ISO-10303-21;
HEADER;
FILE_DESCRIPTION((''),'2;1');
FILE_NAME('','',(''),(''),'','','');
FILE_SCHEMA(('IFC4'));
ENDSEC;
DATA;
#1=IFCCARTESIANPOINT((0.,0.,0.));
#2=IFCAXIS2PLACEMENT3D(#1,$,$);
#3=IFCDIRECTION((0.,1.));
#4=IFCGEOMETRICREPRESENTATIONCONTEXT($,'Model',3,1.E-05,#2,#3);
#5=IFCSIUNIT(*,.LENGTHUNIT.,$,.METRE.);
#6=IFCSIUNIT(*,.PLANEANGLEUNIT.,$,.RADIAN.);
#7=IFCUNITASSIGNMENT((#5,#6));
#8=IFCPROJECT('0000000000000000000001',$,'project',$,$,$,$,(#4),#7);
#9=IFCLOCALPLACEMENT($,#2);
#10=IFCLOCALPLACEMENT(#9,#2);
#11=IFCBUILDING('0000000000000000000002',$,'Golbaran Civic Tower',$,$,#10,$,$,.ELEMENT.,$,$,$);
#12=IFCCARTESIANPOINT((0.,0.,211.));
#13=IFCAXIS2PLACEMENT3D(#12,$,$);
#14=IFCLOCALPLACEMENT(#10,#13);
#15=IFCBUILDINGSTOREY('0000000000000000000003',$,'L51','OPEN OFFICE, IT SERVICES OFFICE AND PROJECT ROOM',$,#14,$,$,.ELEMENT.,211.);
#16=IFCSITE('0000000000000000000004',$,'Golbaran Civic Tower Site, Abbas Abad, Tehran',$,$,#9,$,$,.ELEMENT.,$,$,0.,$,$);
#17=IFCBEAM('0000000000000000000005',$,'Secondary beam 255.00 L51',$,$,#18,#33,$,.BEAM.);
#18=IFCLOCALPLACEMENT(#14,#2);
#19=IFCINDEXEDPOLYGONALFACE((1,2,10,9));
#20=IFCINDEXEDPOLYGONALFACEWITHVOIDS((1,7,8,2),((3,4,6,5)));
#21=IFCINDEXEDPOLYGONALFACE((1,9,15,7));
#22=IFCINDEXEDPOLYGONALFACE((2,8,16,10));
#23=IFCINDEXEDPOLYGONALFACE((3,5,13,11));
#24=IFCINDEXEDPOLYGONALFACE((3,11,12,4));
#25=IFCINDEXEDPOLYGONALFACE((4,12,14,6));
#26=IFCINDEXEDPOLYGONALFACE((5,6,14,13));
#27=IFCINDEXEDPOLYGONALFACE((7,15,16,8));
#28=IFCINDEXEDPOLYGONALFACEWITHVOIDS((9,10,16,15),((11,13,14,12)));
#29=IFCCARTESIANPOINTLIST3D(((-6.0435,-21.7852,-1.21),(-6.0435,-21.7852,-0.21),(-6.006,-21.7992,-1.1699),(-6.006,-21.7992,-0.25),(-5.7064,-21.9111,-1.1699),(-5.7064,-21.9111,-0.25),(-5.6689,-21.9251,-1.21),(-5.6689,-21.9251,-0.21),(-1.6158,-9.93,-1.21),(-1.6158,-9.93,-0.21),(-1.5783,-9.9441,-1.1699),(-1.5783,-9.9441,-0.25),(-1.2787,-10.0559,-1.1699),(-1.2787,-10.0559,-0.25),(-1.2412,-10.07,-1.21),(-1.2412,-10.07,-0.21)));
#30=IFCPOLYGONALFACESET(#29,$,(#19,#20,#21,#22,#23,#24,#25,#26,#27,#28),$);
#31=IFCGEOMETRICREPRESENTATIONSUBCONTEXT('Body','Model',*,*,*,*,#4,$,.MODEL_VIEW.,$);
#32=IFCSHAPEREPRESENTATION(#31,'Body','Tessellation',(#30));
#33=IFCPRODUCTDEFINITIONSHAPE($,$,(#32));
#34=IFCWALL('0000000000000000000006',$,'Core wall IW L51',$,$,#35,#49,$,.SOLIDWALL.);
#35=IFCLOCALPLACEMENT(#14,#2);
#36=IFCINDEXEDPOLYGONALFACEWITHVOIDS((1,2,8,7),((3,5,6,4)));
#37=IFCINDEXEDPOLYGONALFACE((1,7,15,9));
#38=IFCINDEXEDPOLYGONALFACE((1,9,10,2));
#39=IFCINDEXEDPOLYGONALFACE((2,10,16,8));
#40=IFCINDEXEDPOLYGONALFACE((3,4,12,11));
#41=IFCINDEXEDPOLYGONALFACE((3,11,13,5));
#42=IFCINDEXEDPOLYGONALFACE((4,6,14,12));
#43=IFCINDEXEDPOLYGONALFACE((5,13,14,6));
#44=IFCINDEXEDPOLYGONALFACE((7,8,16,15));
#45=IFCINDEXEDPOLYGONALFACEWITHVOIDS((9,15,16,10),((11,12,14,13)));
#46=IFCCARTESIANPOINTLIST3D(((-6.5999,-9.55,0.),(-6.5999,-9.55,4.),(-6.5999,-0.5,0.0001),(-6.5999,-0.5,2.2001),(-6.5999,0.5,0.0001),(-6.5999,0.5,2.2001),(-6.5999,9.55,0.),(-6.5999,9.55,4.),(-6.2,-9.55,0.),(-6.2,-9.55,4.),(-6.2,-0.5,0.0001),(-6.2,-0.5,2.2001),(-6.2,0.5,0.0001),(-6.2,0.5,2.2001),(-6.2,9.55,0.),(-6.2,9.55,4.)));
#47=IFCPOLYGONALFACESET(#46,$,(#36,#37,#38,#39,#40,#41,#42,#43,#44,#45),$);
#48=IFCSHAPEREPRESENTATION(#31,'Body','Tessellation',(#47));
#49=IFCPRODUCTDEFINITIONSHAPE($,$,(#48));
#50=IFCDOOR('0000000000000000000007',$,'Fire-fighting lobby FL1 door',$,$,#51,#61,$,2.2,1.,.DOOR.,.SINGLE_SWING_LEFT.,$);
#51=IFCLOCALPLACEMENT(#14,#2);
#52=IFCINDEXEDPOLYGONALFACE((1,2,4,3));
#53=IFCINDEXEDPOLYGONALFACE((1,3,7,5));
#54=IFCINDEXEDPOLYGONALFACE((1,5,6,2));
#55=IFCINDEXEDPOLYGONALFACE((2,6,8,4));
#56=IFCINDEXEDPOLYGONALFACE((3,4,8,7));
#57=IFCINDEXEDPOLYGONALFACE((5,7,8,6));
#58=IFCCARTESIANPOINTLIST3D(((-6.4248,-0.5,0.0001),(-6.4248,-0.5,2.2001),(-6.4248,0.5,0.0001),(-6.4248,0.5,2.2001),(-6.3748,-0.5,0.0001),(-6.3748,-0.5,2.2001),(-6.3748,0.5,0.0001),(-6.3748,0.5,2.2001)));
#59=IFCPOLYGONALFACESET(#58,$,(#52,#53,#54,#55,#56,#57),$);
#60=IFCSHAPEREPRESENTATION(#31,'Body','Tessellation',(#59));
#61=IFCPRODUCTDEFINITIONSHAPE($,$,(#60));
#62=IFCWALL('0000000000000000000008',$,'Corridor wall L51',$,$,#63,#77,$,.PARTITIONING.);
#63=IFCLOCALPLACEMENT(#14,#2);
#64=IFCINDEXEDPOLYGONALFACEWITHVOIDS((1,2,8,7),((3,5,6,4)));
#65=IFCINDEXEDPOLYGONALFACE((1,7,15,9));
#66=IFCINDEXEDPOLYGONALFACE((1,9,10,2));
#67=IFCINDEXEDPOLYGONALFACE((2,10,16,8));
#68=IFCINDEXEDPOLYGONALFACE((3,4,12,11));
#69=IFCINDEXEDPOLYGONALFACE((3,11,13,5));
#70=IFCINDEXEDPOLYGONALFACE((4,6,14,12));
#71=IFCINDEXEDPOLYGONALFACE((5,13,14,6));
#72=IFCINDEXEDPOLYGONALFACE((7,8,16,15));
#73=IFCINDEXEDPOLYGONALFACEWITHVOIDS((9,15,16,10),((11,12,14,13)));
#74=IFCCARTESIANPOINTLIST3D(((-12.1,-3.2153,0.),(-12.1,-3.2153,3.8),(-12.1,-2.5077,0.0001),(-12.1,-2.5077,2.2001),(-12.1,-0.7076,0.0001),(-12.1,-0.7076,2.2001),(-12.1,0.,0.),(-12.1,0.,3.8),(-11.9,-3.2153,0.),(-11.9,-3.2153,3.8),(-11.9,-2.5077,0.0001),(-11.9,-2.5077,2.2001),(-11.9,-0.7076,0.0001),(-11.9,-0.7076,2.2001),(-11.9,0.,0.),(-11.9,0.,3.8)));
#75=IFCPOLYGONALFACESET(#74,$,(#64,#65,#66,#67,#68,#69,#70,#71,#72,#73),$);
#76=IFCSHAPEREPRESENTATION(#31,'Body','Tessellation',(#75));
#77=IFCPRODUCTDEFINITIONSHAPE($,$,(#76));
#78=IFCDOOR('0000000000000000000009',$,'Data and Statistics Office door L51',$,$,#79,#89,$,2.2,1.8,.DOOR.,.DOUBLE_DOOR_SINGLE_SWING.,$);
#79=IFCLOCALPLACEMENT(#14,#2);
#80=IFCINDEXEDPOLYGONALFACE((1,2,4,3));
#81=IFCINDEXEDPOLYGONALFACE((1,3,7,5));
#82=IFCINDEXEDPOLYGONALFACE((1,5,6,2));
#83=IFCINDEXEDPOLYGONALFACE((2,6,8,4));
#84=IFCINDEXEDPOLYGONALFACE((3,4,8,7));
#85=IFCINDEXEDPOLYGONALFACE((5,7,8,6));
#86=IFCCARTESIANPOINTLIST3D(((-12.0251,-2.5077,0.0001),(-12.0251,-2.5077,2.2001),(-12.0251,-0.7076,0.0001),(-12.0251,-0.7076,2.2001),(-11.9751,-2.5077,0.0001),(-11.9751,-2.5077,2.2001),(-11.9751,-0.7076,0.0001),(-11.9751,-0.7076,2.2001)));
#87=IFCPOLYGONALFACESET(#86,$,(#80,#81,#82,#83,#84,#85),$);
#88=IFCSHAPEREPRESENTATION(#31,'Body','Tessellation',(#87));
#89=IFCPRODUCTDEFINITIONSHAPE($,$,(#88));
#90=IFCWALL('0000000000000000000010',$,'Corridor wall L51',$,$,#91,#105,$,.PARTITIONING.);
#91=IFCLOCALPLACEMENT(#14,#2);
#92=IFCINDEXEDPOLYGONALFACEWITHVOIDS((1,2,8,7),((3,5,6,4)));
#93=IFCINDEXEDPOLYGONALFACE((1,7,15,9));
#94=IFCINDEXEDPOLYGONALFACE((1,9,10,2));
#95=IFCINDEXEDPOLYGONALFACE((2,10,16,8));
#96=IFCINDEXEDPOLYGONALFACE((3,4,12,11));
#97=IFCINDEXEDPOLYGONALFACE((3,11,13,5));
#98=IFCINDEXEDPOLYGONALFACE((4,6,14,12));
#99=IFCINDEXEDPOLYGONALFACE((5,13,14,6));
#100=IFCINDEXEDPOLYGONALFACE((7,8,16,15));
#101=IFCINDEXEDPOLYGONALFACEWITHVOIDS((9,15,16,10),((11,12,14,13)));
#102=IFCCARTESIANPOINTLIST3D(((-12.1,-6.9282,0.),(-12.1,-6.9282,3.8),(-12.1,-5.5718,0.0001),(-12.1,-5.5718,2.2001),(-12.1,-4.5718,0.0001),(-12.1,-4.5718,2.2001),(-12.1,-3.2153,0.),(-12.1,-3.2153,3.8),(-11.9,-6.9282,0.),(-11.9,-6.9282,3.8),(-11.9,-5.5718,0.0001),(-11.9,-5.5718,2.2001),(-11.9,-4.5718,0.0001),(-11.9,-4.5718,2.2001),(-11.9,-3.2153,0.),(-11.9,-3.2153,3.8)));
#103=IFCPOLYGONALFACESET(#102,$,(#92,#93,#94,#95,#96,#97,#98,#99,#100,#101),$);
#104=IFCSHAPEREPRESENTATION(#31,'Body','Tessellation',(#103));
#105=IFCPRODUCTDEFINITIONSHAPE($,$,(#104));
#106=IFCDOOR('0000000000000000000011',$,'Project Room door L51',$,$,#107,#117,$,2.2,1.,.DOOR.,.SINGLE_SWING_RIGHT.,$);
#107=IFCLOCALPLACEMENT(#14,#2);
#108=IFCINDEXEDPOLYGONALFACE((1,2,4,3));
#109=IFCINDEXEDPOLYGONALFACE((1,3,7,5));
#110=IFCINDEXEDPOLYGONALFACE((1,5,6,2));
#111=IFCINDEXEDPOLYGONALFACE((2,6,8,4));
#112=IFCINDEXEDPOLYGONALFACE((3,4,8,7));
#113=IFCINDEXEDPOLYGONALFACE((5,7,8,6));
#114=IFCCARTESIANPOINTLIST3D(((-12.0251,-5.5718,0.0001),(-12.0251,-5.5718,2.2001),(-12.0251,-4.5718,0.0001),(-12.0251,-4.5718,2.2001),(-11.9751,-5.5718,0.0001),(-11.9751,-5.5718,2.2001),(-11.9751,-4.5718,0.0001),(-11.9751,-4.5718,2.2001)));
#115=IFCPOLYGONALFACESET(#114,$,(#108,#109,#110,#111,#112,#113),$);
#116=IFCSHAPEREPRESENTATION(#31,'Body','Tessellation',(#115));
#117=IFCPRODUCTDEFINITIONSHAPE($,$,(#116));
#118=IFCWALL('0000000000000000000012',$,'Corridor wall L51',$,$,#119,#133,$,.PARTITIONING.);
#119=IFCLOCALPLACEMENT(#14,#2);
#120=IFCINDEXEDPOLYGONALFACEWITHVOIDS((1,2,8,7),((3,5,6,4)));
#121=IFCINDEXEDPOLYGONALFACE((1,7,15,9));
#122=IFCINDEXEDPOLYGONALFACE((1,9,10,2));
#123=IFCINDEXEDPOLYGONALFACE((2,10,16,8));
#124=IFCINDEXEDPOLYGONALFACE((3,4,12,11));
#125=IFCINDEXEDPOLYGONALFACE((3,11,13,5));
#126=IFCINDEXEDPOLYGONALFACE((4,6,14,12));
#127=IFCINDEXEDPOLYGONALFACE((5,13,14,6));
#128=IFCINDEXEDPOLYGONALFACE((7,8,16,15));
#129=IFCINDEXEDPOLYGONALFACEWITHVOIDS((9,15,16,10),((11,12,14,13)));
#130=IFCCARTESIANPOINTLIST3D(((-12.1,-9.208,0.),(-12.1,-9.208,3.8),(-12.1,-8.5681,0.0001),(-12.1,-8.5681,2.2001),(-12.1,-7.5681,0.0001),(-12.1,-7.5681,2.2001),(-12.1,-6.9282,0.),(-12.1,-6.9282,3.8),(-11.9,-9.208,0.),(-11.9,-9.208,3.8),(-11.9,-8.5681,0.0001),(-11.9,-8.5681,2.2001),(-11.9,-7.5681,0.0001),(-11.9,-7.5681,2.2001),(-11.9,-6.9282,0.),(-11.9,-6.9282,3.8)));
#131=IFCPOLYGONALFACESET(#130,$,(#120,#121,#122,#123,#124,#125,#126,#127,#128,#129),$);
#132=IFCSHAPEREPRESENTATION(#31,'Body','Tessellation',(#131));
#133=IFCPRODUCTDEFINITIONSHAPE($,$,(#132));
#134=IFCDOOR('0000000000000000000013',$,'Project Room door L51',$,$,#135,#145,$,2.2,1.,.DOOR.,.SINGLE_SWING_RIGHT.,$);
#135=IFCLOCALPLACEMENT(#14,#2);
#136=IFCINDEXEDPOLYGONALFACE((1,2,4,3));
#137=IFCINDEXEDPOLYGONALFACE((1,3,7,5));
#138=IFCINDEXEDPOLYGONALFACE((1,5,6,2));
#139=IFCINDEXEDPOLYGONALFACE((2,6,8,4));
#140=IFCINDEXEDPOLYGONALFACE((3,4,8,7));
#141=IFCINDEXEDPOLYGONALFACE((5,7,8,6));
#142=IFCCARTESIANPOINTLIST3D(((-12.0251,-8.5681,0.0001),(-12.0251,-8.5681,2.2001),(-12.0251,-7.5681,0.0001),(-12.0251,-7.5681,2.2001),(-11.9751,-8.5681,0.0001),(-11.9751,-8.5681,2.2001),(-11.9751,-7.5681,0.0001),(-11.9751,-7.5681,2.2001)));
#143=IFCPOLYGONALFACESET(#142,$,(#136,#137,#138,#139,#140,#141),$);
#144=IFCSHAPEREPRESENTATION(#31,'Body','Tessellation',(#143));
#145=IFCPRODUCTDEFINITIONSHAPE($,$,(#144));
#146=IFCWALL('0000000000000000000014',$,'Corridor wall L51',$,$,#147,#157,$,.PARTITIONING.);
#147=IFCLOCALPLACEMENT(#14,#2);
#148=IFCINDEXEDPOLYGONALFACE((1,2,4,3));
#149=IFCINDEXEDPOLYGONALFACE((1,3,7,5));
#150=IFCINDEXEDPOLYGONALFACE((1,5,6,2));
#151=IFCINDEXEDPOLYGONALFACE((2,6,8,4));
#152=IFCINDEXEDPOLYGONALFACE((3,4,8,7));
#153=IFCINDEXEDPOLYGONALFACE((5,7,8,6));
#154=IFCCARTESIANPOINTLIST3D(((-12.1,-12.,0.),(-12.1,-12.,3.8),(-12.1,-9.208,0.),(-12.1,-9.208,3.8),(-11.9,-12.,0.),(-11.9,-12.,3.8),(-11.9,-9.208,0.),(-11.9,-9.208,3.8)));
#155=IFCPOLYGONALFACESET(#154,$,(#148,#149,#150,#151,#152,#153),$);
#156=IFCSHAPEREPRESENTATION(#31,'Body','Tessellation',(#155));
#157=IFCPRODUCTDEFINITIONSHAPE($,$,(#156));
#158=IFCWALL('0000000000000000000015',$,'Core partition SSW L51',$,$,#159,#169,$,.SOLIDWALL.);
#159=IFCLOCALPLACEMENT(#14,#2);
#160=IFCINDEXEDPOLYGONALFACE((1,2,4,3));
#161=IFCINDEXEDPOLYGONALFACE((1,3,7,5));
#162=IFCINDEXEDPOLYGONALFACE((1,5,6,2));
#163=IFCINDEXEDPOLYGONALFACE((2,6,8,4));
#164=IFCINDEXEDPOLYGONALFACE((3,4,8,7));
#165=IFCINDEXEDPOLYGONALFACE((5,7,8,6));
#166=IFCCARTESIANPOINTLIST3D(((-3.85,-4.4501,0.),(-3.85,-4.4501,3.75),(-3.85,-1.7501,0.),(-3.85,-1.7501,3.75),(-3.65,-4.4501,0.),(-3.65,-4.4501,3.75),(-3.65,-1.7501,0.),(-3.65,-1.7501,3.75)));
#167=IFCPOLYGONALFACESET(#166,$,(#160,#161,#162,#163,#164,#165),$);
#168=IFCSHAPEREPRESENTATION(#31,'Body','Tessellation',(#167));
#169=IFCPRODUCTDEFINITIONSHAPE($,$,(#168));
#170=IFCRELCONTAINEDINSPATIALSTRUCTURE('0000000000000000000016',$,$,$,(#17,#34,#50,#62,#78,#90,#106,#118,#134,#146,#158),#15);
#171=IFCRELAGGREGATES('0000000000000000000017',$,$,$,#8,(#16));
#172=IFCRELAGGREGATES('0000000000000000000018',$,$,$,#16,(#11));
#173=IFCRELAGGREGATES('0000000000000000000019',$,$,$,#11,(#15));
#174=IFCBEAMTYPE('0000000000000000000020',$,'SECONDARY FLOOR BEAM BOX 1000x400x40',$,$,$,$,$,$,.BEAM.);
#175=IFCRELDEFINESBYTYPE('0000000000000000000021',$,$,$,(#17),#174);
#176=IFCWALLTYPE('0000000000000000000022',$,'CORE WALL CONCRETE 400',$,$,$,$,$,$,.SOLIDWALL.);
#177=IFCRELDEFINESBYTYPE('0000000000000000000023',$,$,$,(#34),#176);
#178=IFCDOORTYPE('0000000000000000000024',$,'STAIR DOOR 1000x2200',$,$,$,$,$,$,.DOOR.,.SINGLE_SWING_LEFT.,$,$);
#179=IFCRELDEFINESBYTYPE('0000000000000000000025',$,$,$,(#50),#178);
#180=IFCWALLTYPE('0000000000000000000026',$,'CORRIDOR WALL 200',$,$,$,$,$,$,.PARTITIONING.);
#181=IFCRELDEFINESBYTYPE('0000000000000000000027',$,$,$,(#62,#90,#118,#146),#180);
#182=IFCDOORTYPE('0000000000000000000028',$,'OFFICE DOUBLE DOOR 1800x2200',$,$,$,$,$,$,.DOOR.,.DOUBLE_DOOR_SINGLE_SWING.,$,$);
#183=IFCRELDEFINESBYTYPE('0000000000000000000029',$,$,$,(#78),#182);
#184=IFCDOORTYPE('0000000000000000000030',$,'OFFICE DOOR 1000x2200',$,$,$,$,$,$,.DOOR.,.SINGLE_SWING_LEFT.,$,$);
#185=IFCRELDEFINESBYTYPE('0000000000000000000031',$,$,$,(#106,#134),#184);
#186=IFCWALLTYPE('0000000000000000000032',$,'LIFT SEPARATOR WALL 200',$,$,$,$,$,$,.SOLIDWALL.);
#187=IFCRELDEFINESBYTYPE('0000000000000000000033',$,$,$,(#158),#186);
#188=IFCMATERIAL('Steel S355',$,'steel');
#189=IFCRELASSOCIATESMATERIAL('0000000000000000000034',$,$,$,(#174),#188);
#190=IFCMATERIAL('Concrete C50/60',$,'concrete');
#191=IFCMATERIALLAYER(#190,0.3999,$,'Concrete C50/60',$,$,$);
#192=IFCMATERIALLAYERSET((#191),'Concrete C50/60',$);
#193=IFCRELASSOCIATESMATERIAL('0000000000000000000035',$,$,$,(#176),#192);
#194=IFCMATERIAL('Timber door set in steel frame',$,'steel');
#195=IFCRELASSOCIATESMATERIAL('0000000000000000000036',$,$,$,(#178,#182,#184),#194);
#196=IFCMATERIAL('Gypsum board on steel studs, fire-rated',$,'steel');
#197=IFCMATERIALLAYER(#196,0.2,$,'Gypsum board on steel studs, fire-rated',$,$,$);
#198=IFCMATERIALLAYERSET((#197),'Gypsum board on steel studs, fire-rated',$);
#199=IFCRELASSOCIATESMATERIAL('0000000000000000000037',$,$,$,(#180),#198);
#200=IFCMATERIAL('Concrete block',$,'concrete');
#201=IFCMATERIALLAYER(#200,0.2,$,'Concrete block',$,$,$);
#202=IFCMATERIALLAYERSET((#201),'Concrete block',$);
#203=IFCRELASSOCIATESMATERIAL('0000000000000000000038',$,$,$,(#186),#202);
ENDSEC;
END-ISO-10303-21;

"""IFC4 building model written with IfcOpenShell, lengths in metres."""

from ifc_helpers import new_model, si_unit, direction, frame, frame_2d, origin, origin_2d, place, context, subcontext, project, spatial, rectangle, hollow_rectangle, extrude, material, layer, layer_set, material_profile, profile_set, type_object, element, fill, save


model = new_model("IFC4")

# Units and contexts
model_context = context("Model", 3, precision=1e-05, world=origin(), true_north=direction((0.0, 1.0)))
body_context = subcontext(model_context, "Body", "Model", "MODEL_VIEW")
ifc_project = project(units=[si_unit("LENGTHUNIT", "METRE"), si_unit("PLANEANGLEUNIT", "RADIAN")], contexts=[model_context])

# Site, building, storey
site_placement = place(None, origin())
site = spatial("IfcSite", under=ifc_project, at=site_placement, Name="Golbaran Civic Tower Site, Abbas Abad, Tehran", CompositionType="ELEMENT", RefElevation=0.0)
building_placement = place(site_placement, origin())
building = spatial("IfcBuilding", under=site, at=building_placement, Name="Golbaran Civic Tower", CompositionType="ELEMENT")
storey_placement = place(building_placement, frame((0.0, 0.0, 211.0)))
storey = spatial("IfcBuildingStorey", under=building, at=storey_placement, Name="L51", Description="OPEN OFFICE, IT SERVICES OFFICE AND PROJECT ROOM", CompositionType="ELEMENT", Elevation=211.0)

# Beam
ifc_material_1 = material(Name="Steel S355", Category="steel")
ifc_material_profile_1 = material_profile(ifc_material_1, hollow_rectangle(XDim=0.3999, YDim=1.0, WallThickness=0.04, at=origin_2d()), Name="BOX 1000x400x40")
ifc_profile_set_1 = profile_set([ifc_material_profile_1], Name="Steel S355")
beam_type_1 = type_object("IfcBeamType", Name="SECONDARY FLOOR BEAM BOX 1000x400x40", PredefinedType="BEAM", material=ifc_profile_set_1)
beam_1_placement = place(storey_placement, frame((-1.4285, -10.0, -0.71), z_axis=(-0.349878, -0.936795, 0.0), x_axis=(0.936795, -0.349878, 0.0)))
element("IfcBeam", 1, at=beam_1_placement, inside=storey, type_object=beam_type_1, Name="Secondary beam 255.00 L51", PredefinedType="BEAM", context=body_context, shape_type="SweptSolid", body=[
    extrude(hollow_rectangle(XDim=0.3999, YDim=1.0, WallThickness=0.04, at=origin_2d()), origin(), (0.0, 0.0, 1.0), 12.655),
])

# Walls, openings, doors
ifc_material_2 = material(Name="Concrete C50/60", Category="concrete")
ifc_layer_1 = layer(ifc_material_2, 0.3999, Name="Concrete C50/60")
ifc_layer_set_1 = layer_set([ifc_layer_1], Name="Concrete C50/60")
wall_type_1 = type_object("IfcWallType", Name="CORE WALL CONCRETE 400", PredefinedType="SOLIDWALL", material=ifc_layer_set_1)
wall_1_placement = place(storey_placement, frame((-6.3999, -9.55, 0.0), z_axis=(0.0, 0.0, 1.0), x_axis=(0.0, 1.0, 0.0)))
wall_1 = element("IfcWall", 2, at=wall_1_placement, inside=storey, type_object=wall_type_1, Name="Core wall IW L51", PredefinedType="SOLIDWALL", context=body_context, shape_type="SweptSolid", body=[
    extrude(rectangle(XDim=19.1001, YDim=0.3999, at=frame_2d((9.55, 0.0))), origin(), (0.0, 0.0, 1.0), 4.0),
])
opening_1_placement = place(wall_1_placement, frame((9.05, 0.0, 0.0)))
opening_1 = element("IfcOpeningElement", 3, at=opening_1_placement, cuts=wall_1, PredefinedType="OPENING", context=body_context, shape_type="SweptSolid", body=[
    extrude(rectangle(XDim=1.0, YDim=2.2, at=frame_2d((0.5, 1.1001))), frame((0.0, 0.21, 0.0), z_axis=(0.0, -1.0, 0.0), x_axis=(1.0, 0.0, 0.0)), (0.0, 0.0, 1.0), 0.4199),
])
ifc_material_3 = material(Name="Timber door set in steel frame", Category="steel")
door_type_1 = type_object("IfcDoorType", Name="STAIR DOOR 1000x2200", OperationType="SINGLE_SWING_LEFT", PredefinedType="DOOR", material=ifc_material_3)
door_1_placement = place(opening_1_placement, origin())
door_1 = element("IfcDoor", 4, at=door_1_placement, inside=storey, type_object=door_type_1, Name="Fire-fighting lobby FL1 door", OperationType="SINGLE_SWING_LEFT", OverallHeight=2.2, OverallWidth=1.0, PredefinedType="DOOR", context=body_context, shape_type="SweptSolid", body=[
    extrude(rectangle(XDim=1.0, YDim=2.2, at=frame_2d((0.5, 1.1001))), frame((0.0, 0.0249, 0.0), z_axis=(0.0, -1.0, 0.0), x_axis=(1.0, 0.0, 0.0)), (0.0, 0.0, 1.0), 0.05),
])
fill(opening_1, door_1)
ifc_material_4 = material(Name="Gypsum board on steel studs, fire-rated", Category="steel")
ifc_layer_2 = layer(ifc_material_4, 0.2, Name="Gypsum board on steel studs, fire-rated")
ifc_layer_set_2 = layer_set([ifc_layer_2], Name="Gypsum board on steel studs, fire-rated")
wall_type_2 = type_object("IfcWallType", Name="CORRIDOR WALL 200", PredefinedType="PARTITIONING", material=ifc_layer_set_2)
wall_2_placement = place(storey_placement, frame((-12.0, 0.0, 0.0), z_axis=(0.0, 0.0, 1.0), x_axis=(0.0, -1.0, 0.0)))
wall_2 = element("IfcWall", 5, at=wall_2_placement, inside=storey, type_object=wall_type_2, Name="Corridor wall L51", PredefinedType="PARTITIONING", context=body_context, shape_type="SweptSolid", body=[
    extrude(rectangle(XDim=3.2153, YDim=0.2, at=frame_2d((1.6077, 0.0))), origin(), (0.0, 0.0, 1.0), 3.8),
])
opening_2_placement = place(wall_2_placement, frame((0.7078, 0.0, 0.0)))
opening_2 = element("IfcOpeningElement", 6, at=opening_2_placement, cuts=wall_2, PredefinedType="OPENING", context=body_context, shape_type="SweptSolid", body=[
    extrude(rectangle(XDim=1.8, YDim=2.2, at=frame_2d((0.8999, 1.1001))), frame((0.0, 0.1099, 0.0), z_axis=(0.0, -1.0, 0.0), x_axis=(1.0, 0.0, 0.0)), (0.0, 0.0, 1.0), 0.22),
])
door_type_2 = type_object("IfcDoorType", Name="OFFICE DOUBLE DOOR 1800x2200", OperationType="DOUBLE_DOOR_SINGLE_SWING", PredefinedType="DOOR", material=ifc_material_3)
door_2_placement = place(opening_2_placement, origin())
door_2 = element("IfcDoor", 7, at=door_2_placement, inside=storey, type_object=door_type_2, Name="Data and Statistics Office door L51", OperationType="DOUBLE_DOOR_SINGLE_SWING", OverallHeight=2.2, OverallWidth=1.8, PredefinedType="DOOR", context=body_context, shape_type="SweptSolid", body=[
    extrude(rectangle(XDim=1.8, YDim=2.2, at=frame_2d((0.8999, 1.1001))), frame((0.0, 0.0249, 0.0), z_axis=(0.0, -1.0, 0.0), x_axis=(1.0, 0.0, 0.0)), (0.0, 0.0, 1.0), 0.05),
])
fill(opening_2, door_2)
wall_3_placement = place(storey_placement, frame((-12.0, -3.2153, 0.0), z_axis=(0.0, 0.0, 1.0), x_axis=(0.0, -1.0, 0.0)))
wall_3 = element("IfcWall", 8, at=wall_3_placement, inside=storey, type_object=wall_type_2, Name="Corridor wall L51", PredefinedType="PARTITIONING", context=body_context, shape_type="SweptSolid", body=[
    extrude(rectangle(XDim=3.7129, YDim=0.2, at=frame_2d((1.8564, 0.0))), origin(), (0.0, 0.0, 1.0), 3.8),
])
opening_3_placement = place(wall_3_placement, frame((1.3564, 0.0, 0.0)))
opening_3 = element("IfcOpeningElement", 9, at=opening_3_placement, cuts=wall_3, PredefinedType="OPENING", context=body_context, shape_type="SweptSolid", body=[
    extrude(rectangle(XDim=1.0, YDim=2.2, at=frame_2d((0.5, 1.1001))), frame((0.0, 0.1099, 0.0), z_axis=(0.0, -1.0, 0.0), x_axis=(1.0, 0.0, 0.0)), (0.0, 0.0, 1.0), 0.22),
])
door_type_3 = type_object("IfcDoorType", Name="OFFICE DOOR 1000x2200", OperationType="SINGLE_SWING_LEFT", PredefinedType="DOOR", material=ifc_material_3)
door_3_placement = place(opening_3_placement, origin())
door_3 = element("IfcDoor", 10, at=door_3_placement, inside=storey, type_object=door_type_3, Name="Project Room door L51", OperationType="SINGLE_SWING_RIGHT", OverallHeight=2.2, OverallWidth=1.0, PredefinedType="DOOR", context=body_context, shape_type="SweptSolid", body=[
    extrude(rectangle(XDim=1.0, YDim=2.2, at=frame_2d((0.5, 1.1001))), frame((0.0, 0.0249, 0.0), z_axis=(0.0, -1.0, 0.0), x_axis=(1.0, 0.0, 0.0)), (0.0, 0.0, 1.0), 0.05),
])
fill(opening_3, door_3)
wall_4_placement = place(storey_placement, frame((-12.0, -6.9282, 0.0), z_axis=(0.0, 0.0, 1.0), x_axis=(0.0, -1.0, 0.0)))
wall_4 = element("IfcWall", 11, at=wall_4_placement, inside=storey, type_object=wall_type_2, Name="Corridor wall L51", PredefinedType="PARTITIONING", context=body_context, shape_type="SweptSolid", body=[
    extrude(rectangle(XDim=2.2798, YDim=0.2, at=frame_2d((1.1399, 0.0))), origin(), (0.0, 0.0, 1.0), 3.8),
])
opening_4_placement = place(wall_4_placement, frame((0.6399, 0.0, 0.0)))
opening_4 = element("IfcOpeningElement", 12, at=opening_4_placement, cuts=wall_4, PredefinedType="OPENING", context=body_context, shape_type="SweptSolid", body=[
    extrude(rectangle(XDim=1.0, YDim=2.2, at=frame_2d((0.5, 1.1001))), frame((0.0, 0.1099, 0.0), z_axis=(0.0, -1.0, 0.0), x_axis=(1.0, 0.0, 0.0)), (0.0, 0.0, 1.0), 0.22),
])
door_4_placement = place(opening_4_placement, origin())
door_4 = element("IfcDoor", 13, at=door_4_placement, inside=storey, type_object=door_type_3, Name="Project Room door L51", OperationType="SINGLE_SWING_RIGHT", OverallHeight=2.2, OverallWidth=1.0, PredefinedType="DOOR", context=body_context, shape_type="SweptSolid", body=[
    extrude(rectangle(XDim=1.0, YDim=2.2, at=frame_2d((0.5, 1.1001))), frame((0.0, 0.0249, 0.0), z_axis=(0.0, -1.0, 0.0), x_axis=(1.0, 0.0, 0.0)), (0.0, 0.0, 1.0), 0.05),
])
fill(opening_4, door_4)

# Walls
wall_5_placement = place(storey_placement, frame((-12.0, -9.208, 0.0), z_axis=(0.0, 0.0, 1.0), x_axis=(0.0, -1.0, 0.0)))
element("IfcWall", 14, at=wall_5_placement, inside=storey, type_object=wall_type_2, Name="Corridor wall L51", PredefinedType="PARTITIONING", context=body_context, shape_type="SweptSolid", body=[
    extrude(rectangle(XDim=2.792, YDim=0.2, at=frame_2d((1.396, 0.0))), origin(), (0.0, 0.0, 1.0), 3.8),
])
ifc_material_5 = material(Name="Concrete block", Category="concrete")
ifc_layer_3 = layer(ifc_material_5, 0.2, Name="Concrete block")
ifc_layer_set_3 = layer_set([ifc_layer_3], Name="Concrete block")
wall_type_3 = type_object("IfcWallType", Name="LIFT SEPARATOR WALL 200", PredefinedType="SOLIDWALL", material=ifc_layer_set_3)
for number, where, z_axis, x_axis, name in (
    (15, (-3.75, -1.75, 0.0), (0.0, 0.0, 1.0), (0.0, -1.0, 0.0), "Core partition SSW L51"),
):
    element("IfcWall", number, at=place(storey_placement, frame(where, z_axis=z_axis, x_axis=x_axis)), inside=storey, type_object=wall_type_3, Name=name, PredefinedType="SOLIDWALL", context=body_context, shape_type="SweptSolid", body=[
        extrude(rectangle(XDim=2.7, YDim=0.2, at=frame_2d((1.3501, 0.0))), origin(), (0.0, 0.0, 1.0), 3.75),
    ])

save(model, "model.ifc")
